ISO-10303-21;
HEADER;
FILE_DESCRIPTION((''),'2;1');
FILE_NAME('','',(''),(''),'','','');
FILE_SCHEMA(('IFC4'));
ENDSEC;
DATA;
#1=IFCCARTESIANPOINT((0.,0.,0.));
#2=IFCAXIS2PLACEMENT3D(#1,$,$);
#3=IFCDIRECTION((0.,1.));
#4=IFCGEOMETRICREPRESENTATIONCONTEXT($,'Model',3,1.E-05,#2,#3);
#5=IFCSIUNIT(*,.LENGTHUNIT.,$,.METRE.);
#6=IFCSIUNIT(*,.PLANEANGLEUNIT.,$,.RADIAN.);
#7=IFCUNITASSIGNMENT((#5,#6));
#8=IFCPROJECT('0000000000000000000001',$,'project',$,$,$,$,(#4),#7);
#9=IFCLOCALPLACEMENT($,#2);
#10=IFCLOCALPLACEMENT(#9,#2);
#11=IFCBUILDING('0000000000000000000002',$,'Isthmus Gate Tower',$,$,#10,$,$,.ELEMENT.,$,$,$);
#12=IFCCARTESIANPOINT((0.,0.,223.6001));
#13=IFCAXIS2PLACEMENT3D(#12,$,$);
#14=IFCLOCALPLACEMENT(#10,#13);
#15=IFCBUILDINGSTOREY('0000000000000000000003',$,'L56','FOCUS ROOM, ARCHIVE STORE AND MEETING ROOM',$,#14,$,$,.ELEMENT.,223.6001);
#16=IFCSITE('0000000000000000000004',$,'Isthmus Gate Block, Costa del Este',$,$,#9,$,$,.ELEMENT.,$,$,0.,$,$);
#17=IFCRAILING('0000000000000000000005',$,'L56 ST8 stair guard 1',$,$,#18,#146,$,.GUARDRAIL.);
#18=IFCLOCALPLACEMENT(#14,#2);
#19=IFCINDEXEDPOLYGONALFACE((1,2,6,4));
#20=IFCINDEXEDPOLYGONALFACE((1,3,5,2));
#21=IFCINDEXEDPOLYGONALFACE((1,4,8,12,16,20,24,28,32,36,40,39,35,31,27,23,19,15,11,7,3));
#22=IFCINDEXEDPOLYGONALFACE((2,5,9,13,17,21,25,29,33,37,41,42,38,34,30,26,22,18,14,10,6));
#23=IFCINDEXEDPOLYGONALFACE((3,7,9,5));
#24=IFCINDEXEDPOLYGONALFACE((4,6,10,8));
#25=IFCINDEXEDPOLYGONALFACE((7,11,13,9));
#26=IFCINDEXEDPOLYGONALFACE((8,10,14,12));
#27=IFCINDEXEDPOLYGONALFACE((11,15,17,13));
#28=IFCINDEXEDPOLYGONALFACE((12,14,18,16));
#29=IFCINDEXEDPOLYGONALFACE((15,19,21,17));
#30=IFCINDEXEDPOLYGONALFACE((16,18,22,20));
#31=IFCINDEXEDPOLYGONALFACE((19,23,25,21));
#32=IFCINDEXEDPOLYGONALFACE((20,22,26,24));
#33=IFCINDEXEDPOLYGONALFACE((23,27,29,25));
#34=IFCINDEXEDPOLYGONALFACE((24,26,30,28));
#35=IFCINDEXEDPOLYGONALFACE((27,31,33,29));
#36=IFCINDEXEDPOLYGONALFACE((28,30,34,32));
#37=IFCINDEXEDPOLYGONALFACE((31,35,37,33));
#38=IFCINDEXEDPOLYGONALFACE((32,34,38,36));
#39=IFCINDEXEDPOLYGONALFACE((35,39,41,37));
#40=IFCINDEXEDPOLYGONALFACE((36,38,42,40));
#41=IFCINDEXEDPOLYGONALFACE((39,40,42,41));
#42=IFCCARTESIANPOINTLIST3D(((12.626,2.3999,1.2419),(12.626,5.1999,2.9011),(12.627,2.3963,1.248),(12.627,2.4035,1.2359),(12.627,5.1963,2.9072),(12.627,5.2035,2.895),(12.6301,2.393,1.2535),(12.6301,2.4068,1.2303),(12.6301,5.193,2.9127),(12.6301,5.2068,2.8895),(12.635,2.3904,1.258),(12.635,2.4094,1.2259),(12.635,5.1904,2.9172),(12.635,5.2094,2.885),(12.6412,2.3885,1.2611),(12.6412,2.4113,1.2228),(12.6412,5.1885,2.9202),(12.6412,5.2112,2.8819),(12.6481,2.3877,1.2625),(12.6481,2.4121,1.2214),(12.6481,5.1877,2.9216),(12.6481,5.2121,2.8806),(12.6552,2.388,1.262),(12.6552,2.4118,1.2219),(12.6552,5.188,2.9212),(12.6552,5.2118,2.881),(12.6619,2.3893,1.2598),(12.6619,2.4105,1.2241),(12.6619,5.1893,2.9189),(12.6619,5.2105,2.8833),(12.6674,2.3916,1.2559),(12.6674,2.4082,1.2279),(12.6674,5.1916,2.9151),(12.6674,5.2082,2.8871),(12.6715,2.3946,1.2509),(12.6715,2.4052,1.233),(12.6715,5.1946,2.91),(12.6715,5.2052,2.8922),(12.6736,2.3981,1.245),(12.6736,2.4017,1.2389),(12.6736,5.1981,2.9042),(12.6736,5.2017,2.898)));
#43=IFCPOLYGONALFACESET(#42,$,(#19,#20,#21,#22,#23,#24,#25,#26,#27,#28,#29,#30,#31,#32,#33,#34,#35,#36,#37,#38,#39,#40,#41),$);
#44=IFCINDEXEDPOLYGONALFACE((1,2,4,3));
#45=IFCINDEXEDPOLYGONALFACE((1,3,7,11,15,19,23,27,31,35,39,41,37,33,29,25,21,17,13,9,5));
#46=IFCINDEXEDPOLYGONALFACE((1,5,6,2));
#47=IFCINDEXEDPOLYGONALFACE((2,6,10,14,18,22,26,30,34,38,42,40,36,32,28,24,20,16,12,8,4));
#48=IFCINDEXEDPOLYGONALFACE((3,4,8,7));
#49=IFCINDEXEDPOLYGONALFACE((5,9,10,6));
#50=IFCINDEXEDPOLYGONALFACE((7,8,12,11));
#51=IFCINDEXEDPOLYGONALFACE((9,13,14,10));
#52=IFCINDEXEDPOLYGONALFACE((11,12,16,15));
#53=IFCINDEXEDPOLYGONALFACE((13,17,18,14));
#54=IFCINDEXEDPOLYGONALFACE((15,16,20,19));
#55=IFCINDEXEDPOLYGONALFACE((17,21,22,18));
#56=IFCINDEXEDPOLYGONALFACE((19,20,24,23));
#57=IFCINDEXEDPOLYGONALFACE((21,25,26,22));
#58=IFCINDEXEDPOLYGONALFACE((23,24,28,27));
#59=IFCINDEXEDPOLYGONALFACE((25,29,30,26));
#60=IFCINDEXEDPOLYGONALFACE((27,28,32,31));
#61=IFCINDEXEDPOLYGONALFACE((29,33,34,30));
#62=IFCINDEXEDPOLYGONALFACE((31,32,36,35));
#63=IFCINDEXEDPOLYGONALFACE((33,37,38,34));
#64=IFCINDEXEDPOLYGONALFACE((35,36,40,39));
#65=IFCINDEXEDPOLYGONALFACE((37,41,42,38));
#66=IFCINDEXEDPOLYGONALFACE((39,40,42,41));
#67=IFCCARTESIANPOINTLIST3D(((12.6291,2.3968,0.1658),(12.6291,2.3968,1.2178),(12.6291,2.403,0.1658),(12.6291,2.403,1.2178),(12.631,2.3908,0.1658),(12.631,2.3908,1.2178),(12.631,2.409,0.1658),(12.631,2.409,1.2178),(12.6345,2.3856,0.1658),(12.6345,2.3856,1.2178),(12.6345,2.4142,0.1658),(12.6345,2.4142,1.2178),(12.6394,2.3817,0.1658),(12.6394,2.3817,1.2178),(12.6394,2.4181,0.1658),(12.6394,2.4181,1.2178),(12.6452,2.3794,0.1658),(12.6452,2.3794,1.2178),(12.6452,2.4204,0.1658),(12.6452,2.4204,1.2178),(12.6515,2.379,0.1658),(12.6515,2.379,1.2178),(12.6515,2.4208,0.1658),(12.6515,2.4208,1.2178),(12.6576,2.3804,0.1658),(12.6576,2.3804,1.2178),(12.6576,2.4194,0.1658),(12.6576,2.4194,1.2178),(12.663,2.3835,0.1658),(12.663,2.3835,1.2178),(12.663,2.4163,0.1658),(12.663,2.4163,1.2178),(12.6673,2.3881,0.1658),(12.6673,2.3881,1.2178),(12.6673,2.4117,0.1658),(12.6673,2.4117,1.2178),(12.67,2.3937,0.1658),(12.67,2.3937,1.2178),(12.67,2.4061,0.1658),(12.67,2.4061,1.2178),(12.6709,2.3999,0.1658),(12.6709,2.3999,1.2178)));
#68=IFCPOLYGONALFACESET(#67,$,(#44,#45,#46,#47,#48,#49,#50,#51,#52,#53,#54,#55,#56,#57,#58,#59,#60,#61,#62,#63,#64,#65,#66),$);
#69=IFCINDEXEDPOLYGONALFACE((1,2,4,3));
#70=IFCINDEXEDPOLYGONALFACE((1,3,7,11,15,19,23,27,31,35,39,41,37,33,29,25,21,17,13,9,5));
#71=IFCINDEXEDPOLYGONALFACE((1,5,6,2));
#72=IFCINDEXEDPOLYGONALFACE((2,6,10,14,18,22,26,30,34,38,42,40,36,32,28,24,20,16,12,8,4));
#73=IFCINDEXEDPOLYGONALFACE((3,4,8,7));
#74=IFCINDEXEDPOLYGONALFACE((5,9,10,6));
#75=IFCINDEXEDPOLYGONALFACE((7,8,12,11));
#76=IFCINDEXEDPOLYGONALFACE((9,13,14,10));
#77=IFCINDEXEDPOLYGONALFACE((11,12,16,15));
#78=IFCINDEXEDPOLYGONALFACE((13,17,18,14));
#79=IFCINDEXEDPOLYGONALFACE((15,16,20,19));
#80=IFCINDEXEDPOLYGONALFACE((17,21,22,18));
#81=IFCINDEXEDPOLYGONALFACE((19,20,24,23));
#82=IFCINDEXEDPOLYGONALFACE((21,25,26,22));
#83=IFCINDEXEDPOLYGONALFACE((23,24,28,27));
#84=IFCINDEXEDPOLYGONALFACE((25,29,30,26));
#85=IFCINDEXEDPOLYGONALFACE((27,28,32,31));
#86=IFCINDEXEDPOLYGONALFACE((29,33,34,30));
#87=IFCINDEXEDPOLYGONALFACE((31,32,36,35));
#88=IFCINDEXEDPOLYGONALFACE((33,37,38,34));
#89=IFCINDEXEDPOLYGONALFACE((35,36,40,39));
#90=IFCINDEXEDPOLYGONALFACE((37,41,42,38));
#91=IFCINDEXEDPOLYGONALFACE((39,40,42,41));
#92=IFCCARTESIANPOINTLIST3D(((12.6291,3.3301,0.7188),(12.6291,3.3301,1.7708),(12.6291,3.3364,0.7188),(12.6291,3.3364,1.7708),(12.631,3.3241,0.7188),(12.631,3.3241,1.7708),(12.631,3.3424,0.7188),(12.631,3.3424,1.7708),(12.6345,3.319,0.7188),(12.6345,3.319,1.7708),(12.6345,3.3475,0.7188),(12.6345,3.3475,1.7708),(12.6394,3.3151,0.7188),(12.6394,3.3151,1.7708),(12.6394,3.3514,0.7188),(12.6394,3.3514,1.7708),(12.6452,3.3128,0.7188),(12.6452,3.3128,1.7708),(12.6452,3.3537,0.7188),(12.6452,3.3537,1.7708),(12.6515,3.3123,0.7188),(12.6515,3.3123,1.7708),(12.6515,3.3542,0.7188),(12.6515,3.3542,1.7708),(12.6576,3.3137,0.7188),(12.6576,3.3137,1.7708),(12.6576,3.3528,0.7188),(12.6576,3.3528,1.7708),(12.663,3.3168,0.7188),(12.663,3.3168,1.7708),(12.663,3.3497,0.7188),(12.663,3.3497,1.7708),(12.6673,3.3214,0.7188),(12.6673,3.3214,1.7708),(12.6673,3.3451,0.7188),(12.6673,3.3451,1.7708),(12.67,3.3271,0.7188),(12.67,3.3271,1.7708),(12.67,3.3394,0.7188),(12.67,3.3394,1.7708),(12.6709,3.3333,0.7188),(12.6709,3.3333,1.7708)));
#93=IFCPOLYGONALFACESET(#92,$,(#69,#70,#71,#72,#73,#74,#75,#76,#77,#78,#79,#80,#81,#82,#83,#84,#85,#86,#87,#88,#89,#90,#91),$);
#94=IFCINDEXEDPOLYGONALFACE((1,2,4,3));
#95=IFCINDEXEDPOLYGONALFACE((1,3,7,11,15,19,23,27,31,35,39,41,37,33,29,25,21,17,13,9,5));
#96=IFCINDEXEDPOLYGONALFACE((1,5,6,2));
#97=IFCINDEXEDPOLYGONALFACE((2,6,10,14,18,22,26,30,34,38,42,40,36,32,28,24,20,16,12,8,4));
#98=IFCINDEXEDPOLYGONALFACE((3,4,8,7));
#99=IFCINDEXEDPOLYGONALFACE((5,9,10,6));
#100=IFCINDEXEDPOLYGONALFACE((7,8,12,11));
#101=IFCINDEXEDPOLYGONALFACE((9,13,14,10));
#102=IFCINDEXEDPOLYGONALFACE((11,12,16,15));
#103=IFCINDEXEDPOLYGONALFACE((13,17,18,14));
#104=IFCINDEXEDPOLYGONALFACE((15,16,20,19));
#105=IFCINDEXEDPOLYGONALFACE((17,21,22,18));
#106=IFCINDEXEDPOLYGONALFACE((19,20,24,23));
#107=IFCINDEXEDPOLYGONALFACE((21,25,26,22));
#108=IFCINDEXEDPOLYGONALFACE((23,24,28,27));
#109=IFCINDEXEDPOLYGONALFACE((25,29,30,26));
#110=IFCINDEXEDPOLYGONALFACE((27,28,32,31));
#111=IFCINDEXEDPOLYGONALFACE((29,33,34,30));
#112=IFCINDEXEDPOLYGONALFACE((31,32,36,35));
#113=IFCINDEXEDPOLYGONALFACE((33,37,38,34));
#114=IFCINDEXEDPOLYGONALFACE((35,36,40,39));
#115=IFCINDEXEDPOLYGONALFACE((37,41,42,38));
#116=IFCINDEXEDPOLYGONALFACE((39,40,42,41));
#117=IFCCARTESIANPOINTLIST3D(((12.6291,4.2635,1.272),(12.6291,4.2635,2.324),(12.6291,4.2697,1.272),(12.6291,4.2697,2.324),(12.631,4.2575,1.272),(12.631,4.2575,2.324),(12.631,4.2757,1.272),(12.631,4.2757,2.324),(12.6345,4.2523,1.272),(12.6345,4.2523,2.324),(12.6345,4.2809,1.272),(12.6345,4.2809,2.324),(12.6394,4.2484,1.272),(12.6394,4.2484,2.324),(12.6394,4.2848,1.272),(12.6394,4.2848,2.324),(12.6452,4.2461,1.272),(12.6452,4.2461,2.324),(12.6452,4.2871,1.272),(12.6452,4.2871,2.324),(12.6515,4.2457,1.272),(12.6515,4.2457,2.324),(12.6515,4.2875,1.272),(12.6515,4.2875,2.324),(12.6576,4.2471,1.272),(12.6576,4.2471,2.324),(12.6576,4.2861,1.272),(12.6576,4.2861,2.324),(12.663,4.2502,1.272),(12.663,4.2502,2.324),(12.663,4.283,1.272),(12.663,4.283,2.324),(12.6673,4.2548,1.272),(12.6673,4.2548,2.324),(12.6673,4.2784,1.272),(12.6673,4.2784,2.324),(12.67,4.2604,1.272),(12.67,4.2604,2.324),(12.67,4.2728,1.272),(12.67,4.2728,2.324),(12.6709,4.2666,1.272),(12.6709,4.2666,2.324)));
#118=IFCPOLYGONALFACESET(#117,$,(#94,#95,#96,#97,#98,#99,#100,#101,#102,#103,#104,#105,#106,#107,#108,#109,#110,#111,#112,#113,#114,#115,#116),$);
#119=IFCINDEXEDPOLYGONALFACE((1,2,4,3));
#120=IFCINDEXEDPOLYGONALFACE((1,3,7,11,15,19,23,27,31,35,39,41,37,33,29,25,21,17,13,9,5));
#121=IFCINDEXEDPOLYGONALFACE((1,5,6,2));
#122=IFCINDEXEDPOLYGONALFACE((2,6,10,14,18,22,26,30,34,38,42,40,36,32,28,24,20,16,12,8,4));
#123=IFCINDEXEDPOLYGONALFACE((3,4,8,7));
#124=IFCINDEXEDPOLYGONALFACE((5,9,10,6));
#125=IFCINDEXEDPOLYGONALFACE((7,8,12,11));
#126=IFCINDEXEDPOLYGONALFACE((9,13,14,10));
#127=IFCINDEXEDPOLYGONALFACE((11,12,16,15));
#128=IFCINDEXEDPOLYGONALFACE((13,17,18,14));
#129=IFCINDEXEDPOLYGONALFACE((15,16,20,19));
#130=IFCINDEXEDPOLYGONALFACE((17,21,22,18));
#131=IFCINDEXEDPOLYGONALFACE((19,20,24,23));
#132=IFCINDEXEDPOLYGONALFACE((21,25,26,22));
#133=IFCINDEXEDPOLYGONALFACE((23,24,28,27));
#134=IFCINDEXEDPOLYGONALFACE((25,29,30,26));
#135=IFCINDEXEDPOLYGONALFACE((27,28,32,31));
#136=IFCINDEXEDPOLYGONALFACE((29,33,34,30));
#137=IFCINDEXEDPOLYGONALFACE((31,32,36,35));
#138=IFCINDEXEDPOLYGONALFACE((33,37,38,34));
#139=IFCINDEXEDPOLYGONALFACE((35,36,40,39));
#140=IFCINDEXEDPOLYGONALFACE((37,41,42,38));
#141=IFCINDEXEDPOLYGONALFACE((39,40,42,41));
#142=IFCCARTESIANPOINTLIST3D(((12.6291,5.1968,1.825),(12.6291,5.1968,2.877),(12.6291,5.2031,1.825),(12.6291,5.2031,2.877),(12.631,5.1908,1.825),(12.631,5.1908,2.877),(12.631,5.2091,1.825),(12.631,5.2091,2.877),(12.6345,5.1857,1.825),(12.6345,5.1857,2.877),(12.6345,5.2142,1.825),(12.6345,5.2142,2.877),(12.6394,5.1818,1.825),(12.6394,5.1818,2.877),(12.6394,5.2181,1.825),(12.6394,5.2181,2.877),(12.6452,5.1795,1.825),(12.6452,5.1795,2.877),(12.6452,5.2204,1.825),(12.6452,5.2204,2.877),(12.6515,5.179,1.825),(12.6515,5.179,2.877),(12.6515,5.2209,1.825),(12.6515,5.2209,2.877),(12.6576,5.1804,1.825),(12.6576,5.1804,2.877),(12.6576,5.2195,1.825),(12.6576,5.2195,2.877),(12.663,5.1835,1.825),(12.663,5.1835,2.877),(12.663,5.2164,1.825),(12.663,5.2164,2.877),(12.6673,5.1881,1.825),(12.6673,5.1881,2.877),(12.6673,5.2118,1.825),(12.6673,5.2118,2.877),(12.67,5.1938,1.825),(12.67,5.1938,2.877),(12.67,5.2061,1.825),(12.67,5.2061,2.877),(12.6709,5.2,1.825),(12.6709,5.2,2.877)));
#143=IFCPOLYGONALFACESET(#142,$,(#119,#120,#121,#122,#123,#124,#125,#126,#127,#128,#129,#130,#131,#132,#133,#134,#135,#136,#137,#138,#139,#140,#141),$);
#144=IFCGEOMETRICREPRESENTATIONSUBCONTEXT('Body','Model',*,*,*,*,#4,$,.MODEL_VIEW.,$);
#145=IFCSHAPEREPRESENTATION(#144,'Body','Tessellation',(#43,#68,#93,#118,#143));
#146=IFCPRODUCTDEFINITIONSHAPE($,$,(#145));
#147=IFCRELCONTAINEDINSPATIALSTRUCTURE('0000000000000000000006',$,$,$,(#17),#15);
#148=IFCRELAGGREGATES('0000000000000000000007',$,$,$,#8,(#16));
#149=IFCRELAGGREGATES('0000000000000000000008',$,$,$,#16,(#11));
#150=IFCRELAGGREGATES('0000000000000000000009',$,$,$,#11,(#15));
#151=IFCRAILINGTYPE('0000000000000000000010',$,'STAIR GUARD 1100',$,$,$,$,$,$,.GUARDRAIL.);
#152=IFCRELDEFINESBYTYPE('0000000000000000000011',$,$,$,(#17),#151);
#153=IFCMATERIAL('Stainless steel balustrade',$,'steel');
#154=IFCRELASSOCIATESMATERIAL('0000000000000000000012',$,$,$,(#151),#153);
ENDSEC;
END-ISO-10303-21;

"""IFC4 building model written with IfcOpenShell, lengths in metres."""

from ifc_helpers import new_model, si_unit, direction, frame, origin, origin_2d, place, context, subcontext, project, spatial, circle, extrude, material, type_object, element, save


model = new_model("IFC4")

# Units and contexts
model_context = context("Model", 3, precision=1e-05, world=origin(), true_north=direction((0.0, 1.0)))
body_context = subcontext(model_context, "Body", "Model", "MODEL_VIEW")
ifc_project = project(units=[si_unit("LENGTHUNIT", "METRE"), si_unit("PLANEANGLEUNIT", "RADIAN")], contexts=[model_context])

# Site, building, storey
site_placement = place(None, origin())
site = spatial("IfcSite", under=ifc_project, at=site_placement, Name="Isthmus Gate Block, Costa del Este", CompositionType="ELEMENT", RefElevation=0.0)
building_placement = place(site_placement, origin())
building = spatial("IfcBuilding", under=site, at=building_placement, Name="Isthmus Gate Tower", CompositionType="ELEMENT")
storey_placement = place(building_placement, frame((0.0, 0.0, 223.6001)))
storey = spatial("IfcBuildingStorey", under=building, at=storey_placement, Name="L56", Description="FOCUS ROOM, ARCHIVE STORE AND MEETING ROOM", CompositionType="ELEMENT", Elevation=223.6001)

# Railing
ifc_material_1 = material(Name="Stainless steel balustrade", Category="steel")
railing_type_1 = type_object("IfcRailingType", Name="STAIR GUARD 1100", PredefinedType="GUARDRAIL", material=ifc_material_1)
for number, where, name in (
    (1, (12.6499, 2.3999, 0.1658), "L56 ST8 stair guard 1"),
):
    element("IfcRailing", number, at=place(storey_placement, frame(where)), inside=storey, type_object=railing_type_1, Name=name, PredefinedType="GUARDRAIL", context=body_context, shape_type="SweptSolid", body=[
        extrude(circle(Radius=0.0239, at=origin_2d()), frame((0.0, 0.0, 1.0762), z_axis=(0.0, 0.860306, 0.509778), x_axis=(-1.0, 0.0, 0.0)), (0.0, 0.0, 1.0), 3.2546),
        extrude(circle(Radius=0.021, at=origin_2d()), origin(), (0.0, 0.0, 1.0), 1.052),
        extrude(circle(Radius=0.021, at=origin_2d()), frame((0.0, 0.9333, 0.553)), (0.0, 0.0, 1.0), 1.052),
        extrude(circle(Radius=0.021, at=origin_2d()), frame((0.0, 1.8667, 1.1062)), (0.0, 0.0, 1.0), 1.052),
        extrude(circle(Radius=0.021, at=origin_2d()), frame((0.0, 2.8, 1.6592)), (0.0, 0.0, 1.0), 1.052),
    ])

save(model, "model.ifc")
